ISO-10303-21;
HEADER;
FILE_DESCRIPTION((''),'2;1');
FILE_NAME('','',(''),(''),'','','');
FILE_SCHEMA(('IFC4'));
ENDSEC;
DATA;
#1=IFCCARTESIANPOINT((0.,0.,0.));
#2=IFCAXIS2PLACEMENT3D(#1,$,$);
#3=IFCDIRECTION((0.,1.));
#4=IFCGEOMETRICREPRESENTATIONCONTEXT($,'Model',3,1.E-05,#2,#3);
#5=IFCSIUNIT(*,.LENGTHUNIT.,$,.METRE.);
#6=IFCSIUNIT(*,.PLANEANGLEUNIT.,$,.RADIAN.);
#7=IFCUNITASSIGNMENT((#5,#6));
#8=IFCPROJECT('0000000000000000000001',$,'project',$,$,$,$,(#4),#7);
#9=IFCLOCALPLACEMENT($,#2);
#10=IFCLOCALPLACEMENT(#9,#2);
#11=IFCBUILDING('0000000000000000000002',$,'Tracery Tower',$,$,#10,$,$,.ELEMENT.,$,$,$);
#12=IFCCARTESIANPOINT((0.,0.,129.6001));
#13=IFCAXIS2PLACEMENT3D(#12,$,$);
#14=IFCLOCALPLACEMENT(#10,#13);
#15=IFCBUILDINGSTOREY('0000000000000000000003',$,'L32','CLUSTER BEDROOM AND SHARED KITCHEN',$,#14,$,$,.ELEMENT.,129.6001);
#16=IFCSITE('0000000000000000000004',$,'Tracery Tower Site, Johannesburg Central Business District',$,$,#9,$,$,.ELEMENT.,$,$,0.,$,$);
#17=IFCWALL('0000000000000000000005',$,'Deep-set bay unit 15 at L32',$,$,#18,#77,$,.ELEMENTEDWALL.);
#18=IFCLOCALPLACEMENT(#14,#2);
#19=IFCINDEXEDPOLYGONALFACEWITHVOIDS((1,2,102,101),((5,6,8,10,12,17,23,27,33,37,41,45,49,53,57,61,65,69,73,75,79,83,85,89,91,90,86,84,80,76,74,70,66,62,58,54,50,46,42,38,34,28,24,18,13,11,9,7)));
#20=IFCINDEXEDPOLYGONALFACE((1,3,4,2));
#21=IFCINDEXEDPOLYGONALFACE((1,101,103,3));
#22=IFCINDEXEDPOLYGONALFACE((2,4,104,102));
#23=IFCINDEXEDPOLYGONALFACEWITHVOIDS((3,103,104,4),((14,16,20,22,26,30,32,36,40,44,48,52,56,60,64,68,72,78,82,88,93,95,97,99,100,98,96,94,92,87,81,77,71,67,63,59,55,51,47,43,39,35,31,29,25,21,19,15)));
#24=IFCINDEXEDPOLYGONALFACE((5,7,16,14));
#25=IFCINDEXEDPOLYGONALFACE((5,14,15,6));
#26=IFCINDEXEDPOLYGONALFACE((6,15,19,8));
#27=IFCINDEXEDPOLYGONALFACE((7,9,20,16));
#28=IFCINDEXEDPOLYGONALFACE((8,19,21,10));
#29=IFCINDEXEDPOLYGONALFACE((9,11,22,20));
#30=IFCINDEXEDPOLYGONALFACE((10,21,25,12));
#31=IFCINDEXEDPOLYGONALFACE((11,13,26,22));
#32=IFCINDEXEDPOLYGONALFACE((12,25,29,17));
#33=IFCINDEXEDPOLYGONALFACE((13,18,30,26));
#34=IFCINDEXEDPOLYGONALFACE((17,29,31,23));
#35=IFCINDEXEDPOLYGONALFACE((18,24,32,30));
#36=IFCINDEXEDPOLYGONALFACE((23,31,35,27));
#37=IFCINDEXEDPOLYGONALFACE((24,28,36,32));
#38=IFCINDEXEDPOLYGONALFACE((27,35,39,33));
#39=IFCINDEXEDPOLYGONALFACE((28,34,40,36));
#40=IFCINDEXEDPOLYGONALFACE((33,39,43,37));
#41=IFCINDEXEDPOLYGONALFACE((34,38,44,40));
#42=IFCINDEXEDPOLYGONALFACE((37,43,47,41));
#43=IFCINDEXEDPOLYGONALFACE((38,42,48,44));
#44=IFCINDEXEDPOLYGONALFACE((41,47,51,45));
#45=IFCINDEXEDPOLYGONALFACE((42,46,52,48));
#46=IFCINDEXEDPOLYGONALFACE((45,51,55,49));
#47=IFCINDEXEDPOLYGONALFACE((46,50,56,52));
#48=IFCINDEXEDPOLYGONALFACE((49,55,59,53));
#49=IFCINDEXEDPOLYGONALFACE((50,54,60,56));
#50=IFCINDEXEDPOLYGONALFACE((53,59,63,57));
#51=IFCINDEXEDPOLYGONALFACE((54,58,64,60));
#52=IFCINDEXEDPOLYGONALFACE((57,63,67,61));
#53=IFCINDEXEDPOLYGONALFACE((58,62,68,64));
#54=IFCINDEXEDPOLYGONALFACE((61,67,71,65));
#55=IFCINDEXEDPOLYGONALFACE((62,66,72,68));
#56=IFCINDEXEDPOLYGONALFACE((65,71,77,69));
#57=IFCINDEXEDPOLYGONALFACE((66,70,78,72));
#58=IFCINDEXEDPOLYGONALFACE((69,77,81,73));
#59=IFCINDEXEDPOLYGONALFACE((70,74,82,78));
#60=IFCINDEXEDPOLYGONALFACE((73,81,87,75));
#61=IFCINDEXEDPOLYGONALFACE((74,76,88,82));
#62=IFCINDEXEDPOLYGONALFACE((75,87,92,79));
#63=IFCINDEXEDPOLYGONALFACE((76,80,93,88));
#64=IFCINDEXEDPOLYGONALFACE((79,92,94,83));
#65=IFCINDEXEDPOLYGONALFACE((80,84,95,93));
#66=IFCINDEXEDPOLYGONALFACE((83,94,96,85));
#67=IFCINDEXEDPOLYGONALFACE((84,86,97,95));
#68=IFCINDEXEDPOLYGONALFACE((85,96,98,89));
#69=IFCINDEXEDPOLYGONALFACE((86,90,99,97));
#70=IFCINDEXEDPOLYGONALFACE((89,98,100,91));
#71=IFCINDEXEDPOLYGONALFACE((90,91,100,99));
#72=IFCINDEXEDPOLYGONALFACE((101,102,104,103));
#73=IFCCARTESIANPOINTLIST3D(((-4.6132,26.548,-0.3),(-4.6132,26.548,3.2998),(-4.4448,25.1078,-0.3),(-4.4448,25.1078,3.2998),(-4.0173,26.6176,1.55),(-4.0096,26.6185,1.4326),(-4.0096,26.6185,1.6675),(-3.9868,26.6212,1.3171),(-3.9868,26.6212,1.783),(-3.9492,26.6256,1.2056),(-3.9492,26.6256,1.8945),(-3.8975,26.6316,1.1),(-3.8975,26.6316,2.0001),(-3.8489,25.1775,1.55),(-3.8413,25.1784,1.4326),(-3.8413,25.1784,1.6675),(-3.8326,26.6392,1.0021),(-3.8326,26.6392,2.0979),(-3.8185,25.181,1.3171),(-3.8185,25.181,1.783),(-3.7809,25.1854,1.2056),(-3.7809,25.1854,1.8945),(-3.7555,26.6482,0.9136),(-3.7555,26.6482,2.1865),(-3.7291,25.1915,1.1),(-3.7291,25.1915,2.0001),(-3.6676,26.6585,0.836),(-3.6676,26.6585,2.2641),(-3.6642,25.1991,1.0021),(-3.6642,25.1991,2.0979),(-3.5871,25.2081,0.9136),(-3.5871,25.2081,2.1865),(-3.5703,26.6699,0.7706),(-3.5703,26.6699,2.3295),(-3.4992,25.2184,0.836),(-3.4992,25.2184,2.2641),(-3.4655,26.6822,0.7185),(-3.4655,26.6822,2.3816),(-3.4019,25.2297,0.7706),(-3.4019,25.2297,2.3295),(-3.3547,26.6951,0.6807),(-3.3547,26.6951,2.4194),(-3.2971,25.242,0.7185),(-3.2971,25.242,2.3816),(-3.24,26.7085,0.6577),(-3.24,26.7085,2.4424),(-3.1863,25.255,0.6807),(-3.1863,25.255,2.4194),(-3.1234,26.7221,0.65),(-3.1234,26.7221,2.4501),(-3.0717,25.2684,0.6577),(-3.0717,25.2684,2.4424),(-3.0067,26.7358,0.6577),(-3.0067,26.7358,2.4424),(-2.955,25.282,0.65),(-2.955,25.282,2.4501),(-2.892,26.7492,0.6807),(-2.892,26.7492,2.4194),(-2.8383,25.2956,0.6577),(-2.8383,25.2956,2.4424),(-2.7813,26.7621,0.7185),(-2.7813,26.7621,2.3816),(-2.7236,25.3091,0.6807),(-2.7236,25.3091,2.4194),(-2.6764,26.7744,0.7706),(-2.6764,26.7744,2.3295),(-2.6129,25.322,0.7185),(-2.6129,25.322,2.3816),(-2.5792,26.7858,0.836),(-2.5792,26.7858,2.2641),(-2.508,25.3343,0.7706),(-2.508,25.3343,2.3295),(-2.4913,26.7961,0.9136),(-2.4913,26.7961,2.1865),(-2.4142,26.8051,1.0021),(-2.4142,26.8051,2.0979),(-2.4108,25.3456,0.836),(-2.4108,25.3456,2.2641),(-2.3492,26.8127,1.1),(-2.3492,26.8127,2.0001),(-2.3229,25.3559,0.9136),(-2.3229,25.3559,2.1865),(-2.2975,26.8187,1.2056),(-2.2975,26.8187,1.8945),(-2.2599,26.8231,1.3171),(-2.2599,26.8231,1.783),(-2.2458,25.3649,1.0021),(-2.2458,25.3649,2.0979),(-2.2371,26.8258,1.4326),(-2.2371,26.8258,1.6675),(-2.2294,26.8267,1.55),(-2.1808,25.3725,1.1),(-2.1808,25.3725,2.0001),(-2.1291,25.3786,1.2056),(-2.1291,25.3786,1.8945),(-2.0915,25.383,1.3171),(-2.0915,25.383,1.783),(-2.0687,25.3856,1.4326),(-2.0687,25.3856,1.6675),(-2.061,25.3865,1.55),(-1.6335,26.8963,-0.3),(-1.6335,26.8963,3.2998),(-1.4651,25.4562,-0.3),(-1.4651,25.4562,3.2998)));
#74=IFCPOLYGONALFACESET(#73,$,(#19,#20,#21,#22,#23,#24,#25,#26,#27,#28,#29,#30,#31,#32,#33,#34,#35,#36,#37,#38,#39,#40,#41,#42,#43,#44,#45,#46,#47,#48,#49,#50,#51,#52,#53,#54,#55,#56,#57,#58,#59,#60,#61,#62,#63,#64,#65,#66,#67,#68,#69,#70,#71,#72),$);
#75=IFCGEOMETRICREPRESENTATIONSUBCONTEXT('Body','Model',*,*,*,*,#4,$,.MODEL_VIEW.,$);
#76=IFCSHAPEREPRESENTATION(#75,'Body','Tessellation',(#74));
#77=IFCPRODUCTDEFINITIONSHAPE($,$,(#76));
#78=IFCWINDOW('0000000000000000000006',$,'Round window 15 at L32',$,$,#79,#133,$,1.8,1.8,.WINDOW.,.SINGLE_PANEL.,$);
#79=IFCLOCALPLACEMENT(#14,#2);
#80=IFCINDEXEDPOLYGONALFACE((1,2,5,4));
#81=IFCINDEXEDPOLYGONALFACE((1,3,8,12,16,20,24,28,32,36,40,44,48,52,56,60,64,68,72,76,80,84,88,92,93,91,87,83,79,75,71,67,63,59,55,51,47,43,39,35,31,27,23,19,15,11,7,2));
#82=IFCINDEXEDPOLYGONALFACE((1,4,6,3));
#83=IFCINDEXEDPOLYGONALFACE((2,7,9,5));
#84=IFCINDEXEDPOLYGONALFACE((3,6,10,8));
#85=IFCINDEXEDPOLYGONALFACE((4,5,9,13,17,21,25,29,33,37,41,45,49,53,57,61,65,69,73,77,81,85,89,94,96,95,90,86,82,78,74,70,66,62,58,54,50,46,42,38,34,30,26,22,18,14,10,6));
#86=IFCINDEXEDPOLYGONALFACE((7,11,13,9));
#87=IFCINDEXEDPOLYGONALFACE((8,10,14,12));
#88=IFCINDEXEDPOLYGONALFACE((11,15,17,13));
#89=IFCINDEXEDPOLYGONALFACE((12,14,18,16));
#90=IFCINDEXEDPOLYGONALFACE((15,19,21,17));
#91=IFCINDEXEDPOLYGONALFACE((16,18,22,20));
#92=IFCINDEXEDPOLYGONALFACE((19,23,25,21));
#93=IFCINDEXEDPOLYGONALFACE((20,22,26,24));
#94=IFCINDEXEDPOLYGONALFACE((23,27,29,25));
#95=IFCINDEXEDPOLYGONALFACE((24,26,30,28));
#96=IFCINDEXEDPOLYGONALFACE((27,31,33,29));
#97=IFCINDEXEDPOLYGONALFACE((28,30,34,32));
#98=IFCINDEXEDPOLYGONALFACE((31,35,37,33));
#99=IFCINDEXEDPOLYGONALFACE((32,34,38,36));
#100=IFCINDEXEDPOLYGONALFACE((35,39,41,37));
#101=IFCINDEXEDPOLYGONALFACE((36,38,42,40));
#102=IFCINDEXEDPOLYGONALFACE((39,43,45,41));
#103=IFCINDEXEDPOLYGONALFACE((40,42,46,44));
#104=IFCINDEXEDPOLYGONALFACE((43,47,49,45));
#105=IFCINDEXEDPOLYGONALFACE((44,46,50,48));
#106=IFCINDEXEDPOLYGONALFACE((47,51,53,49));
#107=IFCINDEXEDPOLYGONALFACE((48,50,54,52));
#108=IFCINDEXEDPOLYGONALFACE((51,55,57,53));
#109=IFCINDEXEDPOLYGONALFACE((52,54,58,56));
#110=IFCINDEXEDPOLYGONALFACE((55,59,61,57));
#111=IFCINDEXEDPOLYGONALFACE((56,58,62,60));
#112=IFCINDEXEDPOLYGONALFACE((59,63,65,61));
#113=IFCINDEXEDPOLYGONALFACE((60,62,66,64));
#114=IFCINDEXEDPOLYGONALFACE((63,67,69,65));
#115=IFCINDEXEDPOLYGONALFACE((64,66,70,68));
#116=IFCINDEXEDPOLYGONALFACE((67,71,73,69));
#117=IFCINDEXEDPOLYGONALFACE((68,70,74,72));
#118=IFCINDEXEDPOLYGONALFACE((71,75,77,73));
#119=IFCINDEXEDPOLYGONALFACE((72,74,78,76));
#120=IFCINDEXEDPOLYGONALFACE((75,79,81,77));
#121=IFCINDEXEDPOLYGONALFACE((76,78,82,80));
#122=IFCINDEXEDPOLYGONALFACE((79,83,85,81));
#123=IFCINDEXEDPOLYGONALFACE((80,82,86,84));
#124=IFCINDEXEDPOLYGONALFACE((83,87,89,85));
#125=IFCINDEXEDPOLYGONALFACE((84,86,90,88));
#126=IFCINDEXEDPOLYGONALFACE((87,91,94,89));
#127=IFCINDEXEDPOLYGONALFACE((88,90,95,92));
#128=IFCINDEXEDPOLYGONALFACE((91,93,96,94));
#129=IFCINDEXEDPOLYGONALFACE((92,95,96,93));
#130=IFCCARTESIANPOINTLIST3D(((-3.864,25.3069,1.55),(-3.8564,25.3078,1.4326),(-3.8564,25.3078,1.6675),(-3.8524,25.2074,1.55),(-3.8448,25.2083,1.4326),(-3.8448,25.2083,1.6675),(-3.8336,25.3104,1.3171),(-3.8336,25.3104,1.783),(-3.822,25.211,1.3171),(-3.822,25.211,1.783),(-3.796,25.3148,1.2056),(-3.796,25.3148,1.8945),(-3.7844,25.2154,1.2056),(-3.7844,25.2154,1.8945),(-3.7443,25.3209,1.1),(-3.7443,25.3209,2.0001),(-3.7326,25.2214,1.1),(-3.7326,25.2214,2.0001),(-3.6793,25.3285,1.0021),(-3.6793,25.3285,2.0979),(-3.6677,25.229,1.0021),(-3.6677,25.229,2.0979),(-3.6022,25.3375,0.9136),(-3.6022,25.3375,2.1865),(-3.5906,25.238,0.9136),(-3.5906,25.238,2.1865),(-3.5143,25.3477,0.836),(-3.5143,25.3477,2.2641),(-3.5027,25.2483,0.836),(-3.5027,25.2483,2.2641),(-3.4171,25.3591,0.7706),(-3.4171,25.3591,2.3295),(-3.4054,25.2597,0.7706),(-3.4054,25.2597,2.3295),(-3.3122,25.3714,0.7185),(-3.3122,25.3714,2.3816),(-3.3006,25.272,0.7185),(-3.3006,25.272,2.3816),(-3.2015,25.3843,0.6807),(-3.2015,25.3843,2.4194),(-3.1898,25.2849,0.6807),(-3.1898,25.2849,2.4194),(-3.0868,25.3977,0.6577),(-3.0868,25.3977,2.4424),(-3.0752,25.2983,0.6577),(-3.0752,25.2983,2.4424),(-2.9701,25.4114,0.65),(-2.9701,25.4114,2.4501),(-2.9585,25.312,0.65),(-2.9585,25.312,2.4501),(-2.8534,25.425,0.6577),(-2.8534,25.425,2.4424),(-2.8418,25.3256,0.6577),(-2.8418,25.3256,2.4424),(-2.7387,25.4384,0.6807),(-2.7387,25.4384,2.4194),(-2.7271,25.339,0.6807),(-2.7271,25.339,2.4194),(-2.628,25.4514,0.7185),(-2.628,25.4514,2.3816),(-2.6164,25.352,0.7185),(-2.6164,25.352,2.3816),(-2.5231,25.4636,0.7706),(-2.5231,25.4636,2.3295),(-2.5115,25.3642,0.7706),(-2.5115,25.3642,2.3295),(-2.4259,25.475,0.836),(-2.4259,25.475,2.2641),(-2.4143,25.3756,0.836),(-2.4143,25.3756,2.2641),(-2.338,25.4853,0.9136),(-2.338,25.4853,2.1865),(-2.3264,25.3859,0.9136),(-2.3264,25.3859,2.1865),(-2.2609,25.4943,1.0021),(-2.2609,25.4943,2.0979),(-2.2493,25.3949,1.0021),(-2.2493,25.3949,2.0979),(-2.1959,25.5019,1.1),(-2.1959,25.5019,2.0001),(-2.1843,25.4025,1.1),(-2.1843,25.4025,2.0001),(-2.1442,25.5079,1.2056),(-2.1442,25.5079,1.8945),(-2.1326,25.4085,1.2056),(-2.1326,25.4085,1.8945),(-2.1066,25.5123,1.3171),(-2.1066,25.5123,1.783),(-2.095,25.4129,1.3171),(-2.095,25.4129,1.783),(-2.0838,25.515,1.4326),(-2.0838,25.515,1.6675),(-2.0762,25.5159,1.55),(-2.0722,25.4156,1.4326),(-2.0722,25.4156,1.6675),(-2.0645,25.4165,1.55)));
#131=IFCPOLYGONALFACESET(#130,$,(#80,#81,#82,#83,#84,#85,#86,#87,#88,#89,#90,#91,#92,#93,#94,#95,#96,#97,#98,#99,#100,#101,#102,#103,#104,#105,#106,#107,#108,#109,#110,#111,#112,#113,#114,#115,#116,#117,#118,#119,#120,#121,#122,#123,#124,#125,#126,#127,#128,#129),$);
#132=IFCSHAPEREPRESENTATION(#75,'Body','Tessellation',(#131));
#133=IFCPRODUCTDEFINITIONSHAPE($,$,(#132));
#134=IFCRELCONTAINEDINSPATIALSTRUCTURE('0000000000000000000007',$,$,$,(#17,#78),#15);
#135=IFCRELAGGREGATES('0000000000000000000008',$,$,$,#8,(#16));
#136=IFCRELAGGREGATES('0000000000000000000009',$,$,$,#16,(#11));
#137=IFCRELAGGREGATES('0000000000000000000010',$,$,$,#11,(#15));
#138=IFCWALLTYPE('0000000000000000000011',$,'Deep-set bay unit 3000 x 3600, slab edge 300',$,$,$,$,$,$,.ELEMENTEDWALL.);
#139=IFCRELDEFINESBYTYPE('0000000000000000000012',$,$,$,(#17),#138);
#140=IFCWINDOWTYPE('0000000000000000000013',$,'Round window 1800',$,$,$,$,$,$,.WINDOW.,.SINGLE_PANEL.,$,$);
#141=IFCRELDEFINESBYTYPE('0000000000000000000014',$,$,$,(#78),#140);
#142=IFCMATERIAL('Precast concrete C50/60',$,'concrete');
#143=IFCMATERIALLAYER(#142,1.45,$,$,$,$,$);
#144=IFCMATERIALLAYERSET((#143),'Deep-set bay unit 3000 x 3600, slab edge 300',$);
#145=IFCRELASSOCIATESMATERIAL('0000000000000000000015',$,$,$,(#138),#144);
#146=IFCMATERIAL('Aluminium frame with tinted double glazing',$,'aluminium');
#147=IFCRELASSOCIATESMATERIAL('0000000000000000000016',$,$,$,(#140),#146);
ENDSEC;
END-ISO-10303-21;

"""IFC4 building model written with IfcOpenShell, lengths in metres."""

from ifc_helpers import new_model, si_unit, direction, frame, frame_2d, origin, origin_2d, place, context, subcontext, project, spatial, rectangle, circle, extrude, material, layer, layer_set, type_object, element, fill, save


model = new_model("IFC4")

# Units and contexts
model_context = context("Model", 3, precision=1e-05, world=origin(), true_north=direction((0.0, 1.0)))
body_context = subcontext(model_context, "Body", "Model", "MODEL_VIEW")
ifc_project = project(units=[si_unit("LENGTHUNIT", "METRE"), si_unit("PLANEANGLEUNIT", "RADIAN")], contexts=[model_context])

# Site, building, storey
site_placement = place(None, origin())
site = spatial("IfcSite", under=ifc_project, at=site_placement, Name="Tracery Tower Site, Johannesburg Central Business District", CompositionType="ELEMENT", RefElevation=0.0)
building_placement = place(site_placement, origin())
building = spatial("IfcBuilding", under=site, at=building_placement, Name="Tracery Tower", CompositionType="ELEMENT")
storey_placement = place(building_placement, frame((0.0, 0.0, 129.6001)))
storey = spatial("IfcBuildingStorey", under=building, at=storey_placement, Name="L32", Description="CLUSTER BEDROOM AND SHARED KITCHEN", CompositionType="ELEMENT", Elevation=129.6001)

# Wall, opening, window
ifc_material_1 = material(Name="Precast concrete C50/60", Category="concrete")
ifc_layer_1 = layer(ifc_material_1, 1.45)
ifc_layer_set_1 = layer_set([ifc_layer_1], Name="Deep-set bay unit 3000 x 3600, slab edge 300")
wall_type_1 = type_object("IfcWallType", Name="Deep-set bay unit 3000 x 3600, slab edge 300", PredefinedType="ELEMENTEDWALL", material=ifc_layer_set_1)
wall_1_placement = place(storey_placement, frame((-1.5493, 26.1763, -0.3), z_axis=(0.0, 0.0, 1.0), x_axis=(-0.993234, -0.116128, 0.0)))
wall_1 = element("IfcWall", 1, at=wall_1_placement, inside=storey, type_object=wall_type_1, Name="Deep-set bay unit 15 at L32", PredefinedType="ELEMENTEDWALL", context=body_context, shape_type="SweptSolid", body=[
    extrude(rectangle(XDim=3.0, YDim=1.45, at=frame_2d((1.5, 0.0))), origin(), (0.0, 0.0, 1.0), 3.5999),
])
opening_1_placement = place(wall_1_placement, frame((1.5, 0.0, 1.8501)))
opening_1 = element("IfcOpeningElement", 2, at=opening_1_placement, cuts=wall_1, PredefinedType="OPENING", context=body_context, shape_type="SweptSolid", body=[
    extrude(circle(Radius=0.9, at=origin_2d()), frame((0.0, 0.7349, 0.0), z_axis=(0.0, -1.0, 0.0), x_axis=(1.0, 0.0, 0.0)), (0.0, 0.0, 1.0), 1.47),
])
ifc_material_2 = material(Name="Aluminium frame with tinted double glazing", Category="aluminium")
window_type = type_object("IfcWindowType", Name="Round window 1800", PartitioningType="SINGLE_PANEL", PredefinedType="WINDOW", material=ifc_material_2)
window_1_placement = place(opening_1_placement, origin())
window_1 = element("IfcWindow", 3, at=window_1_placement, inside=storey, type_object=window_type, Name="Round window 15 at L32", OverallHeight=1.8, OverallWidth=1.8, PartitioningType="SINGLE_PANEL", PredefinedType="WINDOW", context=body_context, shape_type="SweptSolid", body=[
    extrude(circle(Radius=0.9, at=origin_2d()), frame((0.0, 0.6948, 0.0), z_axis=(0.0, -1.0, 0.0), x_axis=(1.0, 0.0, 0.0)), (0.0, 0.0, 1.0), 0.1001),
])
fill(opening_1, window_1)

save(model, "model.ifc")
